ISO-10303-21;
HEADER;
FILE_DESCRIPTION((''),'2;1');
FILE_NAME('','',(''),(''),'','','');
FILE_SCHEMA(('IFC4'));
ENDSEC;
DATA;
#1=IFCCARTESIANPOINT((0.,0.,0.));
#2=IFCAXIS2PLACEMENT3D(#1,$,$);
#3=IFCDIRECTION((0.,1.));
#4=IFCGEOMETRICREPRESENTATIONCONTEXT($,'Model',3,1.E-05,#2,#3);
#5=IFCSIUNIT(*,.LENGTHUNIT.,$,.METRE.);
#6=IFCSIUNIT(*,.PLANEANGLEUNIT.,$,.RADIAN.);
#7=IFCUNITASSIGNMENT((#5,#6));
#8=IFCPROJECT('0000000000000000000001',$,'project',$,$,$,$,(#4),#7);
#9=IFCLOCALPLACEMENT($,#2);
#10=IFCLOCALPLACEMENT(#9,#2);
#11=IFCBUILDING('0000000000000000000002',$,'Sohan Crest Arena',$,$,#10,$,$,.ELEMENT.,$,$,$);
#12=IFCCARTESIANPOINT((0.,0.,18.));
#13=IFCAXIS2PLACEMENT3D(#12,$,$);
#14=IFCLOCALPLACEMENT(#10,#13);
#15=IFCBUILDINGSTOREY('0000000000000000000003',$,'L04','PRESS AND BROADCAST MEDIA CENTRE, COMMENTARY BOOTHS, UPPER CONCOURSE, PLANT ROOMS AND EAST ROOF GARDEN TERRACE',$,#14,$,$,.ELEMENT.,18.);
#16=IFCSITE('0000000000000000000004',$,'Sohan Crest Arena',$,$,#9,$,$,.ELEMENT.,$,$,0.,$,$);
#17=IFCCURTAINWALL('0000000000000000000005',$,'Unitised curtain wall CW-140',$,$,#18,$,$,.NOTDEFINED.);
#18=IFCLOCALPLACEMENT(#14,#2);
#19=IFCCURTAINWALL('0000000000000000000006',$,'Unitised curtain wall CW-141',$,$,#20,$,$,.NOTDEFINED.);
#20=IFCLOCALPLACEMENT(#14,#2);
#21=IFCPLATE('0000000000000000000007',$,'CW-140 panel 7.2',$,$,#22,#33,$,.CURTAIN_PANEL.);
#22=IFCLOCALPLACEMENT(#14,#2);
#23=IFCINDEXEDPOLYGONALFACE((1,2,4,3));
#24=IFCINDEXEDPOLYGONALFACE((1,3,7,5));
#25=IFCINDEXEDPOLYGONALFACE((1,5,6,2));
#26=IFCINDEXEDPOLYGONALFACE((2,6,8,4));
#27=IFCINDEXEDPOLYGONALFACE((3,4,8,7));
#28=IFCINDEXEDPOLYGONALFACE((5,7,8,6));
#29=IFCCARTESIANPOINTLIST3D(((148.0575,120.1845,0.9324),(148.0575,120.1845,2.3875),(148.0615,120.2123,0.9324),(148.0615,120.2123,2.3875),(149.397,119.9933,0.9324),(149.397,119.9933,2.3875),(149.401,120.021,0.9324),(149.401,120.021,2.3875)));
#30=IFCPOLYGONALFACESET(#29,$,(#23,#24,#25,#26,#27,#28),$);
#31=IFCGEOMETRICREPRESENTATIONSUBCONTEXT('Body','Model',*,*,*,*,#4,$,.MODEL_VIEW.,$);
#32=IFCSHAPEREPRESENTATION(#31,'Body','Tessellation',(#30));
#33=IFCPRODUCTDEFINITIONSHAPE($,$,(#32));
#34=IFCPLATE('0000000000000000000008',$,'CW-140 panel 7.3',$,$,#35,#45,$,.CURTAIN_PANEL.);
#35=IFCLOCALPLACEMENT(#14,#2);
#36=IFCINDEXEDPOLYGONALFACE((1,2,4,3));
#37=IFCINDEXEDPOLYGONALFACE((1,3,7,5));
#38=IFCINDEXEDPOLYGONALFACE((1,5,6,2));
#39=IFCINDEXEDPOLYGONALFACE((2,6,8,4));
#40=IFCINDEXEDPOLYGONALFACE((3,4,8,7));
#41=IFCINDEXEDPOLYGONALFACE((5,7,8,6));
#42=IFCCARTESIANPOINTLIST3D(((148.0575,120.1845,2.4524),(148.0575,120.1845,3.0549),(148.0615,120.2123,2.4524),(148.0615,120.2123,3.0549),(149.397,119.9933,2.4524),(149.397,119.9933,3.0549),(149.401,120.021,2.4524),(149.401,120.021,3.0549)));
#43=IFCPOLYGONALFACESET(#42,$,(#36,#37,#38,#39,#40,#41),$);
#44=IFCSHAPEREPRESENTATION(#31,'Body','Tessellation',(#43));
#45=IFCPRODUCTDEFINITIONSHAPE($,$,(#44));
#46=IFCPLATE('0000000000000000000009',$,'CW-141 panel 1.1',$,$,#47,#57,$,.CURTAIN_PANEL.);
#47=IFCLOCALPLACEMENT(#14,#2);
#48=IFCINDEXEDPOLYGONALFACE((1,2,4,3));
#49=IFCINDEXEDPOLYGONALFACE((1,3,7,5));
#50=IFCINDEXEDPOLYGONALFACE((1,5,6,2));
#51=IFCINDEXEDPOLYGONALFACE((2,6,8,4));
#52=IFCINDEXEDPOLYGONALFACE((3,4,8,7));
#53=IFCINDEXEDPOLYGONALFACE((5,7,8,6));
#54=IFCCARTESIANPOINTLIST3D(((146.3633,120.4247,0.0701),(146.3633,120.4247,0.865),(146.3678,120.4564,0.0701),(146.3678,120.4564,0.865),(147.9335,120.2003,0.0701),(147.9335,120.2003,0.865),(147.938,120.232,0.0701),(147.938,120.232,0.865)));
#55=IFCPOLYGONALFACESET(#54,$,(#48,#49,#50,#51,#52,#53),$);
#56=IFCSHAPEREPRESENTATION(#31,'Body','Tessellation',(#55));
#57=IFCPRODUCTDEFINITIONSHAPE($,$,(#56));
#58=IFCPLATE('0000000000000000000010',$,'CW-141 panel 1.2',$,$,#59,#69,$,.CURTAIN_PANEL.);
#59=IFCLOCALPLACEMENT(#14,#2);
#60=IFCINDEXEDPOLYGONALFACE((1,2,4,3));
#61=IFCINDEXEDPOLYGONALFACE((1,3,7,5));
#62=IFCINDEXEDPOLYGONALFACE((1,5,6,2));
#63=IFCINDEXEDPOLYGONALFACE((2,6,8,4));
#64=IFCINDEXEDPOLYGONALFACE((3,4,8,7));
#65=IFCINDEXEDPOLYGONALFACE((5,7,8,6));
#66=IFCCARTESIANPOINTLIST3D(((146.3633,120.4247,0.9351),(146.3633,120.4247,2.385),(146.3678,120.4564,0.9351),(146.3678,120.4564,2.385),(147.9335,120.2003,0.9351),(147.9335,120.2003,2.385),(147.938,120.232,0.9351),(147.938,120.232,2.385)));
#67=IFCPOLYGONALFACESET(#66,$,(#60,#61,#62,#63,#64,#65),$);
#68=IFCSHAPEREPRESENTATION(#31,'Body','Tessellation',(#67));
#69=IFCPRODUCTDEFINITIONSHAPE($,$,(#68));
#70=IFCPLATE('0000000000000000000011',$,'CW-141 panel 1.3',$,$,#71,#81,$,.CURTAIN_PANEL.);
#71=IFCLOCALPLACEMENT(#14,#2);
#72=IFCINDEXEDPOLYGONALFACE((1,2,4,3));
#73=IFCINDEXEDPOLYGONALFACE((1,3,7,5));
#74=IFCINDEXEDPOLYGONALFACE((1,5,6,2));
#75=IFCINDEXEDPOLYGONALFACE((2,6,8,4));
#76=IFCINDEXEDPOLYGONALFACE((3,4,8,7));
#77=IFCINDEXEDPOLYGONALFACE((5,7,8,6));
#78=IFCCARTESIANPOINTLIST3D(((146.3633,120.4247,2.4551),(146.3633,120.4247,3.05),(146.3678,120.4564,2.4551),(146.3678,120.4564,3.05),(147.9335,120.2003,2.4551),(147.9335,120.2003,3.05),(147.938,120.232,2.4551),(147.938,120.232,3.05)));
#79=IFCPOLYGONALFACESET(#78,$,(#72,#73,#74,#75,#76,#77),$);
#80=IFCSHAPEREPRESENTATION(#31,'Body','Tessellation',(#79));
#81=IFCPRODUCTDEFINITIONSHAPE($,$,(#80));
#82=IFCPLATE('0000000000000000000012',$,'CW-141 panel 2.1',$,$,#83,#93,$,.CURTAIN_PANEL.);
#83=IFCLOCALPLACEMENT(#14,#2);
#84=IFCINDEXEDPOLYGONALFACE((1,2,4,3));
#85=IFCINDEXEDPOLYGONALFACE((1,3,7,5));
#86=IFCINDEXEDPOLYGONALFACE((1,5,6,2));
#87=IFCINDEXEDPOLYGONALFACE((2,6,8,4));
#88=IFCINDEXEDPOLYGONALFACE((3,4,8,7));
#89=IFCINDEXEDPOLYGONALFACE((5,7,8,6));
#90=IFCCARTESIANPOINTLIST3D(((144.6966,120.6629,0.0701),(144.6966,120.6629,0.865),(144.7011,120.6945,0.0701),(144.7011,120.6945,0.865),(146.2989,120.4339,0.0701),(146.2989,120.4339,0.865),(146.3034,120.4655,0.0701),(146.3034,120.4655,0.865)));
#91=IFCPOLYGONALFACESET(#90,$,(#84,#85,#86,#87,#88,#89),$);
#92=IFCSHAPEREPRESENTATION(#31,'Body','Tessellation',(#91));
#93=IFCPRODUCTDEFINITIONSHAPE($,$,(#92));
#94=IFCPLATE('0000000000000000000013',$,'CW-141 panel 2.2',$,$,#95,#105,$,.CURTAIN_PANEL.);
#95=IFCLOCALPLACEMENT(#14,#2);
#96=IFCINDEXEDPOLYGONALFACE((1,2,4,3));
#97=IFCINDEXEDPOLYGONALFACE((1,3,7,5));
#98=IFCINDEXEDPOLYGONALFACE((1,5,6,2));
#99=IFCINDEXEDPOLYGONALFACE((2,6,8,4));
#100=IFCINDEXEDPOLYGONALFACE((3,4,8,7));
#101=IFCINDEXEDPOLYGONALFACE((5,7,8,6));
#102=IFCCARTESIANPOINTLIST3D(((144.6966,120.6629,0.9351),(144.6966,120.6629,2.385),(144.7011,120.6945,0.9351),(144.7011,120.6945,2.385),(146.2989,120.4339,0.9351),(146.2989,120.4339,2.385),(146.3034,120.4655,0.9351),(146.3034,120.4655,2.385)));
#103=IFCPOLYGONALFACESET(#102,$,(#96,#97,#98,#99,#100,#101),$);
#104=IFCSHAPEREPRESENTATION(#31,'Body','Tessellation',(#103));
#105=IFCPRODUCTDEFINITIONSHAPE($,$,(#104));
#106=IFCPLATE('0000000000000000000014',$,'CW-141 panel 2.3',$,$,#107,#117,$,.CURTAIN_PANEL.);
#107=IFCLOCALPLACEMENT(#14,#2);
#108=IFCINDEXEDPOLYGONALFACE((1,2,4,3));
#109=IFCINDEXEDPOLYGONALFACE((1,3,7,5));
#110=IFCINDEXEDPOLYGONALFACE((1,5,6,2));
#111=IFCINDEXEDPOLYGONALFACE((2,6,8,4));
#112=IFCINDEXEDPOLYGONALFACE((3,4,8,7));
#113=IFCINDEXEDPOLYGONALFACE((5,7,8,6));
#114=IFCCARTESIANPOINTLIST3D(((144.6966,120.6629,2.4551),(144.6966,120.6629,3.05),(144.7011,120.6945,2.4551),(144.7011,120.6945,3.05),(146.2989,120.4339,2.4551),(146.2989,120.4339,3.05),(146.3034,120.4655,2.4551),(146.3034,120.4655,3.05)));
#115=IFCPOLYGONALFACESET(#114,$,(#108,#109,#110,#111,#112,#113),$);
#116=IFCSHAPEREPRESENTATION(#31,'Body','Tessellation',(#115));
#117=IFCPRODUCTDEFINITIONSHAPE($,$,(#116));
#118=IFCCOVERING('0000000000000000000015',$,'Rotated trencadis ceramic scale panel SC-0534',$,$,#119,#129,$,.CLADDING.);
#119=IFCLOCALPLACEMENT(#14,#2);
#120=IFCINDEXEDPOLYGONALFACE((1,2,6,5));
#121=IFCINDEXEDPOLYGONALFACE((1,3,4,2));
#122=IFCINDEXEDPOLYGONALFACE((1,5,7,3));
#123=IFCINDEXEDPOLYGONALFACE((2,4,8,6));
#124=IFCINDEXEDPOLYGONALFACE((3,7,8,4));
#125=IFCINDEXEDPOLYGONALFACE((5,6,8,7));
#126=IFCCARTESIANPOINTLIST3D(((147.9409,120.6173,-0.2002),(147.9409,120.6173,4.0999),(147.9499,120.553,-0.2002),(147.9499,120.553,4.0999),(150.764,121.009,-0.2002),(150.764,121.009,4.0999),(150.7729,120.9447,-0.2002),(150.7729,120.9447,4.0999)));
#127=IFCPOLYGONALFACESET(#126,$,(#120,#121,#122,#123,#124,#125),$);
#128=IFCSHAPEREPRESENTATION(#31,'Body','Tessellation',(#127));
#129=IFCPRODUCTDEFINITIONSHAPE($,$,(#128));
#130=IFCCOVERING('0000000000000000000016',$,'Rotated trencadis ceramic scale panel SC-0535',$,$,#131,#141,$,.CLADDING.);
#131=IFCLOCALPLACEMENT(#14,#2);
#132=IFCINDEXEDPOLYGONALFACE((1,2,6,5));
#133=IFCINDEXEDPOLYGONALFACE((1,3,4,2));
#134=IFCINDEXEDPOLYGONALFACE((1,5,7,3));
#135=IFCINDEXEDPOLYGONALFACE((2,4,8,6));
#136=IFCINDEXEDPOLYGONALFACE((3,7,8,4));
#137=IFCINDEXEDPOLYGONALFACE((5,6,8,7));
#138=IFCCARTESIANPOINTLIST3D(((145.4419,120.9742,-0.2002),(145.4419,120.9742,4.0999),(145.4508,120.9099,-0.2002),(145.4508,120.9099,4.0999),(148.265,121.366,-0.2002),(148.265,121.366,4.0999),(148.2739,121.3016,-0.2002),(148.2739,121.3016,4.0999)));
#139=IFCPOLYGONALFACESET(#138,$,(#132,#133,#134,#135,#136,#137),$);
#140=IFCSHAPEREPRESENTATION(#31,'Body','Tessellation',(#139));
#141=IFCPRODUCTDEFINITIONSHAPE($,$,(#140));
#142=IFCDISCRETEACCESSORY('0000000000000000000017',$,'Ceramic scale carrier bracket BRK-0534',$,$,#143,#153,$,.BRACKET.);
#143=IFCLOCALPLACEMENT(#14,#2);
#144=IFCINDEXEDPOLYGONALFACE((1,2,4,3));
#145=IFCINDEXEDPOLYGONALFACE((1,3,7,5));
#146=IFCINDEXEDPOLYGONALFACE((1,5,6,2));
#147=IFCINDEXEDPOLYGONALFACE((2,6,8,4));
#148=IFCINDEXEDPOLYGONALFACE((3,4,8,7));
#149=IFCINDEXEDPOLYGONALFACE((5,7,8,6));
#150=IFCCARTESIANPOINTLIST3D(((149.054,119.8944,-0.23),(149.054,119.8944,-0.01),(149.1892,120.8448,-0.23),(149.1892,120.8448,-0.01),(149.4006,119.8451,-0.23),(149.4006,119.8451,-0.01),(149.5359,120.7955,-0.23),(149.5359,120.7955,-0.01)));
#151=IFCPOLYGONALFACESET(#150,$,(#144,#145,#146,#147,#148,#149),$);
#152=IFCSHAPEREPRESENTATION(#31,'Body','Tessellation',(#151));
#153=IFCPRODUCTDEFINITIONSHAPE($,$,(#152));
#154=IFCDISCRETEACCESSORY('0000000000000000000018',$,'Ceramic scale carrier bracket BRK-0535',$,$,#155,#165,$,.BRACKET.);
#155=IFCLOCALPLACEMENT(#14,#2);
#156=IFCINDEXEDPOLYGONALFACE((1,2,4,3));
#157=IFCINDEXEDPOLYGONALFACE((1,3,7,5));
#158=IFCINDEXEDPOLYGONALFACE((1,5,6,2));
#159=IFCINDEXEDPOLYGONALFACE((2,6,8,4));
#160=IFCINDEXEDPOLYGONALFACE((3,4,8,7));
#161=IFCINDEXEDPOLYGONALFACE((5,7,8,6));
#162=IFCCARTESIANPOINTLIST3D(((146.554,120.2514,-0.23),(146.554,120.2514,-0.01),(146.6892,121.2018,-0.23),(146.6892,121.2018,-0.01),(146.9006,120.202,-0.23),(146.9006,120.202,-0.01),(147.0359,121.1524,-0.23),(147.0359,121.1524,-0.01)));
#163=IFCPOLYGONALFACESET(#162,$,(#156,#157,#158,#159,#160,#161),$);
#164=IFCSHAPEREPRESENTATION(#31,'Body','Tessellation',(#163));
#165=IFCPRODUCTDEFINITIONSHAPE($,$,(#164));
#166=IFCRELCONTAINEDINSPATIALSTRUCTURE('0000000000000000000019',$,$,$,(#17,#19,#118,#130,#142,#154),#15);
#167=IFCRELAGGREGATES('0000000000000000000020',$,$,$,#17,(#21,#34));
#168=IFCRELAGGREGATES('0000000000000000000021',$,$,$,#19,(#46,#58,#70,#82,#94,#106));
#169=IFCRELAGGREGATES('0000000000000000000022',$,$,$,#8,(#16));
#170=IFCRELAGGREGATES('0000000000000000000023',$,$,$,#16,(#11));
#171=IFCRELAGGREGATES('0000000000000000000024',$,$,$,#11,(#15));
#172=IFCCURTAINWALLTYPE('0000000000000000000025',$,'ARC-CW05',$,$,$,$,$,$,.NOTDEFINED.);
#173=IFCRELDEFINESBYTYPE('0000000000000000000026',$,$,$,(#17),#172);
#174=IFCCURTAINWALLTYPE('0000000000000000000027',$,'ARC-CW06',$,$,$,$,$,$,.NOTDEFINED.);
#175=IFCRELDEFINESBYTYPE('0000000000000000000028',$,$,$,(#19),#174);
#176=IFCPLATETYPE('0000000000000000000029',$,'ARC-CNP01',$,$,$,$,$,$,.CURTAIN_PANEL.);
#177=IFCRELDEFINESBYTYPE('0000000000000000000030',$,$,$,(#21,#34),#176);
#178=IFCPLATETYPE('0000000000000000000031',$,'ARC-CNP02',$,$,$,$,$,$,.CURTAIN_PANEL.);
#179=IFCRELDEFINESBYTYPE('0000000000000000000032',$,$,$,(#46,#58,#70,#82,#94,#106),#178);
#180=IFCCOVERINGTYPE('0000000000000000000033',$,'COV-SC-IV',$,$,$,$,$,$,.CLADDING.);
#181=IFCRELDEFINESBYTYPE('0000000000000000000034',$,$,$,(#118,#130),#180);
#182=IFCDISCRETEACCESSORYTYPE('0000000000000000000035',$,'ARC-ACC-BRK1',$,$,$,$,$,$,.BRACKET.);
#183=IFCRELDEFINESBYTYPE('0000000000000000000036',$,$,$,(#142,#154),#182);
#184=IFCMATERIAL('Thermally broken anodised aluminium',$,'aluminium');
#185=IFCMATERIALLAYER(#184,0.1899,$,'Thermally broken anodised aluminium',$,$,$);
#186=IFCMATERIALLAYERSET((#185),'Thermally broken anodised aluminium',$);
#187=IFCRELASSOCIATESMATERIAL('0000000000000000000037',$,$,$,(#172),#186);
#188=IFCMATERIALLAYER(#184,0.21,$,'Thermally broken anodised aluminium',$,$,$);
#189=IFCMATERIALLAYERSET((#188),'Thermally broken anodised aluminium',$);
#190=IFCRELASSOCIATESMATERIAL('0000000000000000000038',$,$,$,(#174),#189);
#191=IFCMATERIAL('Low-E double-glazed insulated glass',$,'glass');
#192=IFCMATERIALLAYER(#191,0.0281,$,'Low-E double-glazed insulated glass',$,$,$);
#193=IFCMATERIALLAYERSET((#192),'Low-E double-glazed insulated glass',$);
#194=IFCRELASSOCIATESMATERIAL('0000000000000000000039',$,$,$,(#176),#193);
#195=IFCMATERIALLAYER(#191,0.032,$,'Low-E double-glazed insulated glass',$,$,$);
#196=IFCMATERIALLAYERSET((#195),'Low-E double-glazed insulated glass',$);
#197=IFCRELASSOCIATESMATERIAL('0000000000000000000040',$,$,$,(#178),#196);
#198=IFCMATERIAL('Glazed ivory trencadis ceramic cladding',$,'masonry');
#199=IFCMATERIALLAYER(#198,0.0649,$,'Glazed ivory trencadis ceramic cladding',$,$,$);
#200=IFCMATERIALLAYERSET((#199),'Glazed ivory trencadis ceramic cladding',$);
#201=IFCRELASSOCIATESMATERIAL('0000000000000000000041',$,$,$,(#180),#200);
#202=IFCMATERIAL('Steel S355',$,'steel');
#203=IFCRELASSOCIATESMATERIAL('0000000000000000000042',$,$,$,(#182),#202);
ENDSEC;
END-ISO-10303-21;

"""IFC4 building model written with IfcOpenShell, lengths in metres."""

from ifc_helpers import new_model, si_unit, direction, frame, origin, origin_2d, place, context, subcontext, project, spatial, rectangle, extrude, material, layer, layer_set, type_object, element, aggregate, save


model = new_model("IFC4")

# Units and contexts
model_context = context("Model", 3, precision=1e-05, world=origin(), true_north=direction((0.0, 1.0)))
body_context = subcontext(model_context, "Body", "Model", "MODEL_VIEW")
ifc_project = project(units=[si_unit("LENGTHUNIT", "METRE"), si_unit("PLANEANGLEUNIT", "RADIAN")], contexts=[model_context])

# Site, building, storey
site_placement = place(None, origin())
site = spatial("IfcSite", under=ifc_project, at=site_placement, Name="Sohan Crest Arena", CompositionType="ELEMENT", RefElevation=0.0)
building_placement = place(site_placement, origin())
building = spatial("IfcBuilding", under=site, at=building_placement, Name="Sohan Crest Arena", CompositionType="ELEMENT")
storey_placement = place(building_placement, frame((0.0, 0.0, 18.0)))
storey = spatial("IfcBuildingStorey", under=building, at=storey_placement, Name="L04", Description="PRESS AND BROADCAST MEDIA CENTRE, COMMENTARY BOOTHS, UPPER CONCOURSE, PLANT ROOMS AND EAST ROOF GARDEN TERRACE", CompositionType="ELEMENT", Elevation=18.0)

# Curtain wall
ifc_material_1 = material(Name="Thermally broken anodised aluminium", Category="aluminium")
ifc_layer_1 = layer(ifc_material_1, 0.1899, Name="Thermally broken anodised aluminium")
ifc_layer_set_1 = layer_set([ifc_layer_1], Name="Thermally broken anodised aluminium")
curtain_wall_type_1 = type_object("IfcCurtainWallType", Name="ARC-CW05", PredefinedType="NOTDEFINED", material=ifc_layer_set_1)
curtain_wall_1_placement = place(storey_placement, origin())
curtain_wall_1 = element("IfcCurtainWall", 1, at=curtain_wall_1_placement, inside=storey, type_object=curtain_wall_type_1, Name="Unitised curtain wall CW-140", PredefinedType="NOTDEFINED")

# Curtain wall
ifc_layer_2 = layer(ifc_material_1, 0.21, Name="Thermally broken anodised aluminium")
ifc_layer_set_2 = layer_set([ifc_layer_2], Name="Thermally broken anodised aluminium")
curtain_wall_type_2 = type_object("IfcCurtainWallType", Name="ARC-CW06", PredefinedType="NOTDEFINED", material=ifc_layer_set_2)
curtain_wall_2_placement = place(storey_placement, origin())
curtain_wall_2 = element("IfcCurtainWall", 2, at=curtain_wall_2_placement, inside=storey, type_object=curtain_wall_type_2, Name="Unitised curtain wall CW-141", PredefinedType="NOTDEFINED")

# Plates
ifc_material_2 = material(Name="Low-E double-glazed insulated glass", Category="glass")
ifc_layer_3 = layer(ifc_material_2, 0.0281, Name="Low-E double-glazed insulated glass")
ifc_layer_set_3 = layer_set([ifc_layer_3], Name="Low-E double-glazed insulated glass")
plate_type_1 = type_object("IfcPlateType", Name="ARC-CNP01", PredefinedType="CURTAIN_PANEL", material=ifc_layer_set_3)
plate_1_placement = place(storey_placement, frame((148.7292, 120.1028, 0.9324), z_axis=(0.0, 0.0, 1.0), x_axis=(-0.989957, 0.141366, 0.0)))
plate_1 = element("IfcPlate", 3, at=plate_1_placement, type_object=plate_type_1, Name="CW-140 panel 7.2", PredefinedType="CURTAIN_PANEL", context=body_context, shape_type="SweptSolid", body=[
    extrude(rectangle(XDim=1.353, YDim=0.0281, at=origin_2d()), origin(), (0.0, 0.0, 1.0), 1.4551),
])
plate_2_placement = place(storey_placement, frame((148.7292, 120.1028, 2.4524), z_axis=(0.0, 0.0, 1.0), x_axis=(-0.989957, 0.141366, 0.0)))
plate_2 = element("IfcPlate", 4, at=plate_2_placement, type_object=plate_type_1, Name="CW-140 panel 7.3", PredefinedType="CURTAIN_PANEL", context=body_context, shape_type="SweptSolid", body=[
    extrude(rectangle(XDim=1.353, YDim=0.0281, at=origin_2d()), origin(), (0.0, 0.0, 1.0), 0.6025),
])
aggregate(curtain_wall_1, [plate_1, plate_2])
ifc_layer_4 = layer(ifc_material_2, 0.032, Name="Low-E double-glazed insulated glass")
ifc_layer_set_4 = layer_set([ifc_layer_4], Name="Low-E double-glazed insulated glass")
plate_type_2 = type_object("IfcPlateType", Name="ARC-CNP02", PredefinedType="CURTAIN_PANEL", material=ifc_layer_set_4)
plate_3_placement = place(storey_placement, frame((147.1506, 120.3284, 0.0701), z_axis=(0.0, 0.0, 1.0), x_axis=(-0.989944, 0.141463, 0.0)))
plate_3 = element("IfcPlate", 5, at=plate_3_placement, type_object=plate_type_2, Name="CW-141 panel 1.1", PredefinedType="CURTAIN_PANEL", context=body_context, shape_type="SweptSolid", body=[
    extrude(rectangle(XDim=1.5862, YDim=0.032, at=origin_2d()), origin(), (0.0, 0.0, 1.0), 0.7949),
])
plate_4_placement = place(storey_placement, frame((147.1506, 120.3284, 0.9351), z_axis=(0.0, 0.0, 1.0), x_axis=(-0.989944, 0.141463, 0.0)))
plate_4 = element("IfcPlate", 6, at=plate_4_placement, type_object=plate_type_2, Name="CW-141 panel 1.2", PredefinedType="CURTAIN_PANEL", context=body_context, shape_type="SweptSolid", body=[
    extrude(rectangle(XDim=1.5862, YDim=0.032, at=origin_2d()), origin(), (0.0, 0.0, 1.0), 1.45),
])
plate_5_placement = place(storey_placement, frame((147.1506, 120.3284, 2.4551), z_axis=(0.0, 0.0, 1.0), x_axis=(-0.989944, 0.141463, 0.0)))
plate_5 = element("IfcPlate", 7, at=plate_5_placement, type_object=plate_type_2, Name="CW-141 panel 1.3", PredefinedType="CURTAIN_PANEL", context=body_context, shape_type="SweptSolid", body=[
    extrude(rectangle(XDim=1.5862, YDim=0.032, at=origin_2d()), origin(), (0.0, 0.0, 1.0), 0.595),
])
plate_6_placement = place(storey_placement, frame((145.5, 120.5642, 0.0701), z_axis=(0.0, 0.0, 1.0), x_axis=(-0.989944, 0.141463, 0.0)))
plate_6 = element("IfcPlate", 8, at=plate_6_placement, type_object=plate_type_2, Name="CW-141 panel 2.1", PredefinedType="CURTAIN_PANEL", context=body_context, shape_type="SweptSolid", body=[
    extrude(rectangle(XDim=1.6187, YDim=0.032, at=origin_2d()), origin(), (0.0, 0.0, 1.0), 0.7949),
])
plate_7_placement = place(storey_placement, frame((145.5, 120.5642, 0.9351), z_axis=(0.0, 0.0, 1.0), x_axis=(-0.989944, 0.141463, 0.0)))
plate_7 = element("IfcPlate", 9, at=plate_7_placement, type_object=plate_type_2, Name="CW-141 panel 2.2", PredefinedType="CURTAIN_PANEL", context=body_context, shape_type="SweptSolid", body=[
    extrude(rectangle(XDim=1.6187, YDim=0.032, at=origin_2d()), origin(), (0.0, 0.0, 1.0), 1.45),
])
plate_8_placement = place(storey_placement, frame((145.5, 120.5642, 2.4551), z_axis=(0.0, 0.0, 1.0), x_axis=(-0.989944, 0.141463, 0.0)))
plate_8 = element("IfcPlate", 10, at=plate_8_placement, type_object=plate_type_2, Name="CW-141 panel 2.3", PredefinedType="CURTAIN_PANEL", context=body_context, shape_type="SweptSolid", body=[
    extrude(rectangle(XDim=1.6187, YDim=0.032, at=origin_2d()), origin(), (0.0, 0.0, 1.0), 0.595),
])
aggregate(curtain_wall_2, [plate_3, plate_4, plate_5, plate_6, plate_7, plate_8])

# Coverings
ifc_material_3 = material(Name="Glazed ivory trencadis ceramic cladding", Category="masonry")
ifc_layer_5 = layer(ifc_material_3, 0.0649, Name="Glazed ivory trencadis ceramic cladding")
ifc_layer_set_5 = layer_set([ifc_layer_5], Name="Glazed ivory trencadis ceramic cladding")
covering_type = type_object("IfcCoveringType", Name="COV-SC-IV", PredefinedType="CLADDING", material=ifc_layer_set_5)
for number, where, z_axis, x_axis, name in (
    (11, (149.3569, 120.781, -0.2002), (0.0, 0.0, 1.0), (-0.990509, -0.137445, 0.0), "Rotated trencadis ceramic scale panel SC-0534"),
    (12, (146.8579, 121.1379, -0.2002), (0.0, 0.0, 1.0), (-0.990509, -0.137445, 0.0), "Rotated trencadis ceramic scale panel SC-0535"),
):
    element("IfcCovering", number, at=place(storey_placement, frame(where, z_axis=z_axis, x_axis=x_axis)), inside=storey, type_object=covering_type, Name=name, PredefinedType="CLADDING", context=body_context, shape_type="SweptSolid", body=[
        extrude(rectangle(XDim=2.8501, YDim=0.0649, at=origin_2d()), origin(), (0.0, 0.0, 1.0), 4.3),
    ])

# Discrete accessories
ifc_material_4 = material(Name="Steel S355", Category="steel")
discrete_accessory_type = type_object("IfcDiscreteAccessoryType", Name="ARC-ACC-BRK1", PredefinedType="BRACKET", material=ifc_material_4)
for number, where, z_axis, x_axis, name in (
    (13, (149.2949, 120.345, -0.23), (0.0, 0.0, 1.0), (-0.990024, 0.140901, 0.0), "Ceramic scale carrier bracket BRK-0534"),
    (14, (146.7949, 120.7019, -0.23), (0.0, 0.0, 1.0), (-0.990024, 0.140901, 0.0), "Ceramic scale carrier bracket BRK-0535"),
):
    element("IfcDiscreteAccessory", number, at=place(storey_placement, frame(where, z_axis=z_axis, x_axis=x_axis)), inside=storey, type_object=discrete_accessory_type, Name=name, PredefinedType="BRACKET", context=body_context, shape_type="SweptSolid", body=[
        extrude(rectangle(XDim=0.3501, YDim=0.96, at=origin_2d()), origin(), (0.0, 0.0, 1.0), 0.22),
    ])

save(model, "model.ifc")
